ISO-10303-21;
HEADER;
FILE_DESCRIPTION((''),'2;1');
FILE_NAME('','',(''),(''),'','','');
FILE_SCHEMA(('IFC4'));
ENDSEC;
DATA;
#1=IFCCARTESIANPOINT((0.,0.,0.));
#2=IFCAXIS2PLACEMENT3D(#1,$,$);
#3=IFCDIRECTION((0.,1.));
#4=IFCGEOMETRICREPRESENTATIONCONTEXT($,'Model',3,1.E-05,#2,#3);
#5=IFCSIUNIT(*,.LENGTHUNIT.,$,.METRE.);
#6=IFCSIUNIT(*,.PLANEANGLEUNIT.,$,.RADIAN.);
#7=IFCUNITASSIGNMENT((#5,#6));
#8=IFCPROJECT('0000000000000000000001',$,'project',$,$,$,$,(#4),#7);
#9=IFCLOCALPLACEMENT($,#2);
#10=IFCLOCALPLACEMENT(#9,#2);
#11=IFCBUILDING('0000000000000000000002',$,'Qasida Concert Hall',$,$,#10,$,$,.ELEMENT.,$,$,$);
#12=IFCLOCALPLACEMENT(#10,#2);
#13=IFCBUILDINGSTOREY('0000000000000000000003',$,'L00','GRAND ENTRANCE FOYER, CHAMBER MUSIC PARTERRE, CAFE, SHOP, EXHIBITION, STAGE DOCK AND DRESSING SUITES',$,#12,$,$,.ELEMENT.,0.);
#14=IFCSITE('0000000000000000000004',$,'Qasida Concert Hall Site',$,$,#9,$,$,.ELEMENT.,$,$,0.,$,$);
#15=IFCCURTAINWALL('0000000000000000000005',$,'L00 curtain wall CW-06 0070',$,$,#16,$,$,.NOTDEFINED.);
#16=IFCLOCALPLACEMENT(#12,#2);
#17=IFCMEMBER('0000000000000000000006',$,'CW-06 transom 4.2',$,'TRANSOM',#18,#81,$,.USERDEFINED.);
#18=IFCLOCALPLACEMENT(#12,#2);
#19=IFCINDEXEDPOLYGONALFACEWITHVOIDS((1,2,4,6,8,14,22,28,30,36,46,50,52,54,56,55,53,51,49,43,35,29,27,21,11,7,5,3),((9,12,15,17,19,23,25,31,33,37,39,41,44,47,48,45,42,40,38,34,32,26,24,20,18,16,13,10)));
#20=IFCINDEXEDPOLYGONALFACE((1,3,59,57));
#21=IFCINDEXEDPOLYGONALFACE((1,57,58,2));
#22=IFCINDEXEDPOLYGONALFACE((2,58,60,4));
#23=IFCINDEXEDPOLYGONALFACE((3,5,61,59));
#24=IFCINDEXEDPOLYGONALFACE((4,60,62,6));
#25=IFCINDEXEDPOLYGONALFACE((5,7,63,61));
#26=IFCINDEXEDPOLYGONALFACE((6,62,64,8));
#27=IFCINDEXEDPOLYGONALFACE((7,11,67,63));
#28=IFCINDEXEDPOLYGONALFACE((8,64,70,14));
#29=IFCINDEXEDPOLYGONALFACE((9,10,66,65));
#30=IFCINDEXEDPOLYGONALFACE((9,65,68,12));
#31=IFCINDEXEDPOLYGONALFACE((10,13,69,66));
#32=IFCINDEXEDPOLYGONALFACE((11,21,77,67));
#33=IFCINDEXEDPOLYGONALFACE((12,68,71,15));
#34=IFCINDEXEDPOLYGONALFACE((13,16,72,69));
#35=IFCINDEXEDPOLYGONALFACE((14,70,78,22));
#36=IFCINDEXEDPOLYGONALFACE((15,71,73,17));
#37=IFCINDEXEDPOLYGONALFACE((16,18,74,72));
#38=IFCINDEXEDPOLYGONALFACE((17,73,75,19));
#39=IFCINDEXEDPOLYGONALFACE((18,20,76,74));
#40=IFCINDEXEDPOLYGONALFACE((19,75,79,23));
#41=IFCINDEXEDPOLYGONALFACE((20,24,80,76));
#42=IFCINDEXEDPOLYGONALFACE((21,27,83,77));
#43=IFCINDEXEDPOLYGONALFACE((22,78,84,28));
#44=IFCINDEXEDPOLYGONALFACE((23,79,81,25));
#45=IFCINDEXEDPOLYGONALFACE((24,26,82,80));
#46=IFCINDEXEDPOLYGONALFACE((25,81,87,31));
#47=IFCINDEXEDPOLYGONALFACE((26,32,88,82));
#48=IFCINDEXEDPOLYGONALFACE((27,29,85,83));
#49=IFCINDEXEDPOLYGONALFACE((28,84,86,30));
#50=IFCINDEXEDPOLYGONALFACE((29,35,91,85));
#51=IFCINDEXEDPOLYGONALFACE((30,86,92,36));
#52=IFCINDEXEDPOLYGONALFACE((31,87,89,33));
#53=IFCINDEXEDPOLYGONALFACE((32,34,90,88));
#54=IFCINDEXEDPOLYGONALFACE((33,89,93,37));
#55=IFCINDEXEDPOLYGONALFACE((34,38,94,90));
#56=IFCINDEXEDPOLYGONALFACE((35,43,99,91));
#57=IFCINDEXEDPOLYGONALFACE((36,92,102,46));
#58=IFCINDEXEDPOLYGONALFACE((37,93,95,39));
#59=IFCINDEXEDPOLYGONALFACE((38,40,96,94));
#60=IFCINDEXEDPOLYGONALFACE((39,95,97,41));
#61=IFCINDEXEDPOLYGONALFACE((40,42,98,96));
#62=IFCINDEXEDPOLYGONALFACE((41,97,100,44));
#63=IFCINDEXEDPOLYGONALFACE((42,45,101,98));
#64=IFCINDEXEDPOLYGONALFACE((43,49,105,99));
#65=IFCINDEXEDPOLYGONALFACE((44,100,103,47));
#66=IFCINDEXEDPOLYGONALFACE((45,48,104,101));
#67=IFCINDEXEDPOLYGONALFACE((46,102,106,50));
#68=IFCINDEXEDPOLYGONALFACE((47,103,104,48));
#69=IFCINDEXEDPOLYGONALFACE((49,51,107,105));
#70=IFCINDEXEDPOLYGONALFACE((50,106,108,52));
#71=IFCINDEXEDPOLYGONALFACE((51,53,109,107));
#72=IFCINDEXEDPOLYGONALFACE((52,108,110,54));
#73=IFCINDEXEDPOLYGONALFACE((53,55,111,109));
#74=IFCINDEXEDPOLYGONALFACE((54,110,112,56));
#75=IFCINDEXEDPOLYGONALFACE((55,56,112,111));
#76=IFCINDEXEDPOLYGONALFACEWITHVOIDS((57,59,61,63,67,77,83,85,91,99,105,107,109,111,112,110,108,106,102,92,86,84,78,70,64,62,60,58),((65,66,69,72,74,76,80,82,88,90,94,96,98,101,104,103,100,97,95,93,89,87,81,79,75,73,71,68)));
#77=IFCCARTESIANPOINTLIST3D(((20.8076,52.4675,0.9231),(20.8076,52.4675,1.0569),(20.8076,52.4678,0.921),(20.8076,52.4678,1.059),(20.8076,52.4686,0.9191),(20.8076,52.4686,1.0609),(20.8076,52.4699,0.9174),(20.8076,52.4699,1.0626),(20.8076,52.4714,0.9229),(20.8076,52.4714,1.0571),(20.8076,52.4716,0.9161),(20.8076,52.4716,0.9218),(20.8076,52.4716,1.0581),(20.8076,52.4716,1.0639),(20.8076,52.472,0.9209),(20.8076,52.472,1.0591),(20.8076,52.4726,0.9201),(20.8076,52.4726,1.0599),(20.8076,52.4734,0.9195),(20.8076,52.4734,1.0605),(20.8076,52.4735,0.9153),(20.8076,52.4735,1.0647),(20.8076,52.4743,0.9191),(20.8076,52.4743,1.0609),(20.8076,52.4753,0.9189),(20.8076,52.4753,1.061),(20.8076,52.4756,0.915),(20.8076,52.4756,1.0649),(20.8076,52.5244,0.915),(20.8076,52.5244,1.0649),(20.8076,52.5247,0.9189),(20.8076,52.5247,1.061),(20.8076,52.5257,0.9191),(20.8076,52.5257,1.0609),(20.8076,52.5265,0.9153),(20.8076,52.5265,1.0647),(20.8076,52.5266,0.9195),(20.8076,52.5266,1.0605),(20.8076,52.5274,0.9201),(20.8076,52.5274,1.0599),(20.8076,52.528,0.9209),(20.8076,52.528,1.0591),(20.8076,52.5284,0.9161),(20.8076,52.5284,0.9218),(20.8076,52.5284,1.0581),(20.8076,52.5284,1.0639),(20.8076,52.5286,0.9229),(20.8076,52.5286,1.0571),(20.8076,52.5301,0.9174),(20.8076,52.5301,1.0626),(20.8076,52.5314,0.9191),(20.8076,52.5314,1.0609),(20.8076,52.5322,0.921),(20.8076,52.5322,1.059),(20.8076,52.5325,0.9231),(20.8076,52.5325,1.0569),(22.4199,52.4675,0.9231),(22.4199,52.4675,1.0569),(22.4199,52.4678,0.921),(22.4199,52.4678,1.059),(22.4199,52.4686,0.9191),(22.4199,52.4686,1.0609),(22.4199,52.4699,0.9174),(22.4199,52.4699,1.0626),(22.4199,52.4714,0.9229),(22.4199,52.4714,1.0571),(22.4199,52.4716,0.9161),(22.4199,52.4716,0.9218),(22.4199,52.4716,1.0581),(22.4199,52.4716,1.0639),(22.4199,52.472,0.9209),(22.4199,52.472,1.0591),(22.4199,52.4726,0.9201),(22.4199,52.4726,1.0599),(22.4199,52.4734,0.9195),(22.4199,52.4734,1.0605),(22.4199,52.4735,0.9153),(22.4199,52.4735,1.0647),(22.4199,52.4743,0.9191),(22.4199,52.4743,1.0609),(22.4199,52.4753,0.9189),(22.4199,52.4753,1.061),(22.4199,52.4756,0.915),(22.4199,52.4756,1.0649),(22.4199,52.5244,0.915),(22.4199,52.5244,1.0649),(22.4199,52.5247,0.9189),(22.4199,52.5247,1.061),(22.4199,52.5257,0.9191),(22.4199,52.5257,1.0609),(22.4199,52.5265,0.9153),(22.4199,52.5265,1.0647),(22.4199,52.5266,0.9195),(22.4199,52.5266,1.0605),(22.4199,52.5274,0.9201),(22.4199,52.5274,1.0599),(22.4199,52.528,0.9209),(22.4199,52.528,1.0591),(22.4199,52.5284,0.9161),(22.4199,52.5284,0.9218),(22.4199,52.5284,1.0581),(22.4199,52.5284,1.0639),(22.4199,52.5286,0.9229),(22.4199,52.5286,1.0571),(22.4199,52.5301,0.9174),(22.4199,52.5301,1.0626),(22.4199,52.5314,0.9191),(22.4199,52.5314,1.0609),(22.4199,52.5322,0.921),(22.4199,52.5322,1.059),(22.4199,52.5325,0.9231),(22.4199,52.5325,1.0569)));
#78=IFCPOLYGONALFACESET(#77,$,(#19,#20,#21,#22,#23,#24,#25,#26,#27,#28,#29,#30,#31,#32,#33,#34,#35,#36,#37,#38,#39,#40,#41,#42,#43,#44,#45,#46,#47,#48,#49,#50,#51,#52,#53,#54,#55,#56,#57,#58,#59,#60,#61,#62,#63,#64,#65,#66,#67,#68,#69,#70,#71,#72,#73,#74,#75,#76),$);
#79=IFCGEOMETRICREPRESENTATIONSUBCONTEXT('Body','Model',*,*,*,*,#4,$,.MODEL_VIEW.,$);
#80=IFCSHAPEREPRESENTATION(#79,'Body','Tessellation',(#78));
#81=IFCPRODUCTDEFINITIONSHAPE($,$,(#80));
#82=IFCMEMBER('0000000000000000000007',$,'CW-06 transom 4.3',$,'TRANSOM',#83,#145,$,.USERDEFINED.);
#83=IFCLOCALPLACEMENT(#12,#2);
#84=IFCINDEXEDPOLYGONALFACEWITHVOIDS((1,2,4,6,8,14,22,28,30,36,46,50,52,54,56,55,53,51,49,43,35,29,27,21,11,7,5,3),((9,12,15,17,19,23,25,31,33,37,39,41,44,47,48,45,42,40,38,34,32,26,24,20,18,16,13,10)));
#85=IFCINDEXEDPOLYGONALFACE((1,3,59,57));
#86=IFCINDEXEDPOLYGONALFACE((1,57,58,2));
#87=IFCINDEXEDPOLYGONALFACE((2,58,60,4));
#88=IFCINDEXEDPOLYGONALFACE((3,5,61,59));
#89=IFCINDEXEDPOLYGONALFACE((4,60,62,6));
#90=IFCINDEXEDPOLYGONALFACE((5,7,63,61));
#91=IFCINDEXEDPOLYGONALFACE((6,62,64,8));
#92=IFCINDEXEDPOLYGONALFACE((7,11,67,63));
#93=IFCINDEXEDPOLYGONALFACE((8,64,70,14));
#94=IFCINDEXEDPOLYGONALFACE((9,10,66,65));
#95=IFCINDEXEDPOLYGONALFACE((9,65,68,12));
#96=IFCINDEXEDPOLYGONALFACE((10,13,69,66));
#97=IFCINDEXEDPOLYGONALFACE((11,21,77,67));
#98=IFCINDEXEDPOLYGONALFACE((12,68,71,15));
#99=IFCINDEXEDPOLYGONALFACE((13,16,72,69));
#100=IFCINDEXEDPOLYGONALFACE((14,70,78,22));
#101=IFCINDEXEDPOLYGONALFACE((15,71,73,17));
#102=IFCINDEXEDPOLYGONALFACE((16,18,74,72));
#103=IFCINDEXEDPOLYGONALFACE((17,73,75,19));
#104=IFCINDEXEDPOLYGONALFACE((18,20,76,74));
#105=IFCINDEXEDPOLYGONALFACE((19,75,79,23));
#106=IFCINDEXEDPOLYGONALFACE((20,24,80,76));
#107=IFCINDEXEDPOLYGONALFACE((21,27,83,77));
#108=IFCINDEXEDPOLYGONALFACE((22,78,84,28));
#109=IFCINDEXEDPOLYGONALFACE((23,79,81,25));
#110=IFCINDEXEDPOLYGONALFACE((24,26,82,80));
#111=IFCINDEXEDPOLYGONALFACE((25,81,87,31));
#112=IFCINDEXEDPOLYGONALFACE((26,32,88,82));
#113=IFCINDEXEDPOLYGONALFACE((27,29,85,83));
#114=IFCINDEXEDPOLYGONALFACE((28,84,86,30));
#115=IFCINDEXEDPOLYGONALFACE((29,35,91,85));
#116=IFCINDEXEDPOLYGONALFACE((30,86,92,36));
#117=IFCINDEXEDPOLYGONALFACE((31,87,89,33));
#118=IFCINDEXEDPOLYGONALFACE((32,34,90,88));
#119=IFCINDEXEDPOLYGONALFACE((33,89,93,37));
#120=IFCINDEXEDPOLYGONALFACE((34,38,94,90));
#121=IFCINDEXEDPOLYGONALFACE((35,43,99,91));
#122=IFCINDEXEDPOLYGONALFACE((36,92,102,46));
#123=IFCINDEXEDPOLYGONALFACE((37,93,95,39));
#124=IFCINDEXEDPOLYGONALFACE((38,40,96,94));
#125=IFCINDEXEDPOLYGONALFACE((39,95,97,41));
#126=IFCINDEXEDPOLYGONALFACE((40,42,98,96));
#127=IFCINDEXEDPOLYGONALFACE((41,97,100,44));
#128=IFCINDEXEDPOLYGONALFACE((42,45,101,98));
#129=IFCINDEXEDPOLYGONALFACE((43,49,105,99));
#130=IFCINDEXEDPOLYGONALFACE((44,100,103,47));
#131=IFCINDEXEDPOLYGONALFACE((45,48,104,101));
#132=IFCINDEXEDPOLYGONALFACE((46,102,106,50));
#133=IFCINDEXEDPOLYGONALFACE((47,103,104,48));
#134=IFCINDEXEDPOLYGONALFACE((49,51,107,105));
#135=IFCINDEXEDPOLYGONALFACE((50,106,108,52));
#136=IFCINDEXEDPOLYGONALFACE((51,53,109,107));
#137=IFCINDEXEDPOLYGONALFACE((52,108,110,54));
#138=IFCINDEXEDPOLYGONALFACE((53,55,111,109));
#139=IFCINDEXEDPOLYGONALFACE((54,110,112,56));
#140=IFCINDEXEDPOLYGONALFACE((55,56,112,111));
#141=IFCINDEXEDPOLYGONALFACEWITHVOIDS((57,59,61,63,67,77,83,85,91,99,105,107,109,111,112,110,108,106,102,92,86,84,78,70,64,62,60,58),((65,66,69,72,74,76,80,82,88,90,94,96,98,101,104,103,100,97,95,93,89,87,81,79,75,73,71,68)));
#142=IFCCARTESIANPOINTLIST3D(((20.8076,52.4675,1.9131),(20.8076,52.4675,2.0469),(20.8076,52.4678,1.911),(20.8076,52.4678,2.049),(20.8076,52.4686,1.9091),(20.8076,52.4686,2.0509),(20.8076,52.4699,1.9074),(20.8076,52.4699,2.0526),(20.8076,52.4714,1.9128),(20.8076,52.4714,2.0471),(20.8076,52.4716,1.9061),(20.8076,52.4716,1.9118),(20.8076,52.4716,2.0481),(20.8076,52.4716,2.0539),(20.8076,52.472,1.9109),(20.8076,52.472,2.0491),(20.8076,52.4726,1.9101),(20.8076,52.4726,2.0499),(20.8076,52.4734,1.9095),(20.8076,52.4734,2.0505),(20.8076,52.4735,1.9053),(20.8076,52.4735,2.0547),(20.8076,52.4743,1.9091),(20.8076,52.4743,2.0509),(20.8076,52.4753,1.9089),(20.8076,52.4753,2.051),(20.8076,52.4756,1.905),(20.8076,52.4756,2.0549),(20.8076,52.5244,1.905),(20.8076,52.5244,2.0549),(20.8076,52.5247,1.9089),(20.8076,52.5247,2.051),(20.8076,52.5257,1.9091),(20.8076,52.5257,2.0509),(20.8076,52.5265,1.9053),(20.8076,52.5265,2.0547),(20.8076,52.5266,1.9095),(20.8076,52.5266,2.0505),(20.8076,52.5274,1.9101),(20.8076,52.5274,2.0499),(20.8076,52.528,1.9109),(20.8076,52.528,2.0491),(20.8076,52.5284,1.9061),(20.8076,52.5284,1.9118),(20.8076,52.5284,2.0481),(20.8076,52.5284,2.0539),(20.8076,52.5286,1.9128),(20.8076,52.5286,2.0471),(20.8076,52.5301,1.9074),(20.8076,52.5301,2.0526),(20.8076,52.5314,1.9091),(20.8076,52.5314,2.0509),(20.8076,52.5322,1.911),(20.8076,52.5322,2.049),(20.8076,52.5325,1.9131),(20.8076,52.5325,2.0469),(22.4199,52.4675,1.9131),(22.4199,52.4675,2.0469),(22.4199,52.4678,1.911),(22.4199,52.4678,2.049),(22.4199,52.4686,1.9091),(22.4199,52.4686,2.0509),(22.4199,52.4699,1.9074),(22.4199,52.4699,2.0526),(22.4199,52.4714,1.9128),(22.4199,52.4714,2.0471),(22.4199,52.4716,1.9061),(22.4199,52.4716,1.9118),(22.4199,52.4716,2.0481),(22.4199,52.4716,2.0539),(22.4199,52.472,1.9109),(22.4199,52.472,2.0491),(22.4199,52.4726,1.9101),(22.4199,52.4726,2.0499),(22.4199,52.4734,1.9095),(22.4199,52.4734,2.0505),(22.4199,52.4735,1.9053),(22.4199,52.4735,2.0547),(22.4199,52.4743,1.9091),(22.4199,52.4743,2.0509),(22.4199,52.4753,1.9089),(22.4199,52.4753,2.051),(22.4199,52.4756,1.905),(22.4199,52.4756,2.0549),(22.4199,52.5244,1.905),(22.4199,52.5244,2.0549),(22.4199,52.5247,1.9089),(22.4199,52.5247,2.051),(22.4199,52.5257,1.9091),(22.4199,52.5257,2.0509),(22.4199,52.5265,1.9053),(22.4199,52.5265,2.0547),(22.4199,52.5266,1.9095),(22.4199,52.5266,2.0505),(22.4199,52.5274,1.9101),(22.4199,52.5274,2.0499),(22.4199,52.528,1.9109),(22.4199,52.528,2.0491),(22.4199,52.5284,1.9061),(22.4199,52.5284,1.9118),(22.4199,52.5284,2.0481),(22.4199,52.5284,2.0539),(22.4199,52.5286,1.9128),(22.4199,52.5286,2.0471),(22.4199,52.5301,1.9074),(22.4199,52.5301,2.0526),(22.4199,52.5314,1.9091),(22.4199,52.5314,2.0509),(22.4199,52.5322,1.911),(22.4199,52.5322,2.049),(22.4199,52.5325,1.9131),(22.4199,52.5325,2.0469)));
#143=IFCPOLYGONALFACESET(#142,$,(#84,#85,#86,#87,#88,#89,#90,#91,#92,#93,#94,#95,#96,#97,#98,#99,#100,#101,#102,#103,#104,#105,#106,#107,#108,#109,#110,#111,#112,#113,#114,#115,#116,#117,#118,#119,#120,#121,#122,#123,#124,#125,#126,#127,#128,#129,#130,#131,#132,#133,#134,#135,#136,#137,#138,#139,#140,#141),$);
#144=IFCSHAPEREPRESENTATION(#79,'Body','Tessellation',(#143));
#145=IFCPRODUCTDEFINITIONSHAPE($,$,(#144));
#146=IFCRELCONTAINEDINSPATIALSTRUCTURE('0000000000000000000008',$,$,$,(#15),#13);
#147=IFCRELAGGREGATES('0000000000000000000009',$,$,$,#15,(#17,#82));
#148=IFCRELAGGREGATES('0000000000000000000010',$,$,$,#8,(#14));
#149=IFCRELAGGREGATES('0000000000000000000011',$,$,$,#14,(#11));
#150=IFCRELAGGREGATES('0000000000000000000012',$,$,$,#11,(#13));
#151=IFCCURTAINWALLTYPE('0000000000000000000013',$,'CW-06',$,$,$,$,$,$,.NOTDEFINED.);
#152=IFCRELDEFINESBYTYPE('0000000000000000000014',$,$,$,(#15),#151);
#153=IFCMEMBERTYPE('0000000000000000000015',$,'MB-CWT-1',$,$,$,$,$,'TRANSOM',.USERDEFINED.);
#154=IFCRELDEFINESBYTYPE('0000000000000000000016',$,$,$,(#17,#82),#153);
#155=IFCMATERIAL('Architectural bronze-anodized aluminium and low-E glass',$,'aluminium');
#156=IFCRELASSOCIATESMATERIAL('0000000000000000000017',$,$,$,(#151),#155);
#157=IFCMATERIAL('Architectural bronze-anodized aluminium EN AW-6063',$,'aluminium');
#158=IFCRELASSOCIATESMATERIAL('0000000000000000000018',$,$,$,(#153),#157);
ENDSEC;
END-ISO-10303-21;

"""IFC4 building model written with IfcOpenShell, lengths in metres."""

from ifc_helpers import new_model, si_unit, direction, frame, origin, origin_2d, place, context, subcontext, project, spatial, hollow_rectangle, extrude, material, material_profile, profile_set, type_object, element, aggregate, save


model = new_model("IFC4")

# Units and contexts
model_context = context("Model", 3, precision=1e-05, world=origin(), true_north=direction((0.0, 1.0)))
body_context = subcontext(model_context, "Body", "Model", "MODEL_VIEW")
ifc_project = project(units=[si_unit("LENGTHUNIT", "METRE"), si_unit("PLANEANGLEUNIT", "RADIAN")], contexts=[model_context])

# Site, building, storey
site_placement = place(None, origin())
site = spatial("IfcSite", under=ifc_project, at=site_placement, Name="Qasida Concert Hall Site", CompositionType="ELEMENT", RefElevation=0.0)
building_placement = place(site_placement, origin())
building = spatial("IfcBuilding", under=site, at=building_placement, Name="Qasida Concert Hall", CompositionType="ELEMENT")
storey_placement = place(building_placement, origin())
storey = spatial("IfcBuildingStorey", under=building, at=storey_placement, Name="L00", Description="GRAND ENTRANCE FOYER, CHAMBER MUSIC PARTERRE, CAFE, SHOP, EXHIBITION, STAGE DOCK AND DRESSING SUITES", CompositionType="ELEMENT", Elevation=0.0)

# Curtain wall, members
ifc_material_1 = material(Name="Architectural bronze-anodized aluminium and low-E glass", Category="aluminium")
curtain_wall_type = type_object("IfcCurtainWallType", Name="CW-06", PredefinedType="NOTDEFINED", material=ifc_material_1)
curtain_wall_placement = place(storey_placement, origin())
curtain_wall = element("IfcCurtainWall", 1, at=curtain_wall_placement, inside=storey, type_object=curtain_wall_type, Name="L00 curtain wall CW-06 0070", PredefinedType="NOTDEFINED")
ifc_material_2 = material(Name="Architectural bronze-anodized aluminium EN AW-6063", Category="aluminium")
ifc_material_profile_1 = material_profile(ifc_material_2, hollow_rectangle(XDim=0.0649, YDim=0.1499, WallThickness=0.0039, InnerFilletRadius=0.0039, OuterFilletRadius=0.0081, at=origin_2d()), Name="CWT 150x65x4")
ifc_profile_set_1 = profile_set([ifc_material_profile_1], Name="Architectural bronze-anodized aluminium EN AW-6063")
member_type_1 = type_object("IfcMemberType", Name="MB-CWT-1", ElementType="TRANSOM", PredefinedType="USERDEFINED", material=ifc_profile_set_1)
member_1_placement = place(storey_placement, frame((20.8076, 52.5, 0.99), z_axis=(1.0, 0.0, 0.0), x_axis=(0.0, 1.0, 0.0)))
member_1 = element("IfcMember", 2, at=member_1_placement, type_object=member_type_1, Name="CW-06 transom 4.2", ObjectType="TRANSOM", PredefinedType="USERDEFINED", context=body_context, shape_type="SweptSolid", body=[
    extrude(hollow_rectangle(XDim=0.0649, YDim=0.1499, WallThickness=0.0039, InnerFilletRadius=0.0039, OuterFilletRadius=0.0081, at=origin_2d()), origin(), (0.0, 0.0, 1.0), 1.6123),
])
member_2_placement = place(storey_placement, frame((20.8076, 52.5, 1.98), z_axis=(1.0, 0.0, 0.0), x_axis=(0.0, 1.0, 0.0)))
member_2 = element("IfcMember", 3, at=member_2_placement, type_object=member_type_1, Name="CW-06 transom 4.3", ObjectType="TRANSOM", PredefinedType="USERDEFINED", context=body_context, shape_type="SweptSolid", body=[
    extrude(hollow_rectangle(XDim=0.0649, YDim=0.1499, WallThickness=0.0039, InnerFilletRadius=0.0039, OuterFilletRadius=0.0081, at=origin_2d()), origin(), (0.0, 0.0, 1.0), 1.6123),
])
aggregate(curtain_wall, [member_1, member_2])

save(model, "model.ifc")
